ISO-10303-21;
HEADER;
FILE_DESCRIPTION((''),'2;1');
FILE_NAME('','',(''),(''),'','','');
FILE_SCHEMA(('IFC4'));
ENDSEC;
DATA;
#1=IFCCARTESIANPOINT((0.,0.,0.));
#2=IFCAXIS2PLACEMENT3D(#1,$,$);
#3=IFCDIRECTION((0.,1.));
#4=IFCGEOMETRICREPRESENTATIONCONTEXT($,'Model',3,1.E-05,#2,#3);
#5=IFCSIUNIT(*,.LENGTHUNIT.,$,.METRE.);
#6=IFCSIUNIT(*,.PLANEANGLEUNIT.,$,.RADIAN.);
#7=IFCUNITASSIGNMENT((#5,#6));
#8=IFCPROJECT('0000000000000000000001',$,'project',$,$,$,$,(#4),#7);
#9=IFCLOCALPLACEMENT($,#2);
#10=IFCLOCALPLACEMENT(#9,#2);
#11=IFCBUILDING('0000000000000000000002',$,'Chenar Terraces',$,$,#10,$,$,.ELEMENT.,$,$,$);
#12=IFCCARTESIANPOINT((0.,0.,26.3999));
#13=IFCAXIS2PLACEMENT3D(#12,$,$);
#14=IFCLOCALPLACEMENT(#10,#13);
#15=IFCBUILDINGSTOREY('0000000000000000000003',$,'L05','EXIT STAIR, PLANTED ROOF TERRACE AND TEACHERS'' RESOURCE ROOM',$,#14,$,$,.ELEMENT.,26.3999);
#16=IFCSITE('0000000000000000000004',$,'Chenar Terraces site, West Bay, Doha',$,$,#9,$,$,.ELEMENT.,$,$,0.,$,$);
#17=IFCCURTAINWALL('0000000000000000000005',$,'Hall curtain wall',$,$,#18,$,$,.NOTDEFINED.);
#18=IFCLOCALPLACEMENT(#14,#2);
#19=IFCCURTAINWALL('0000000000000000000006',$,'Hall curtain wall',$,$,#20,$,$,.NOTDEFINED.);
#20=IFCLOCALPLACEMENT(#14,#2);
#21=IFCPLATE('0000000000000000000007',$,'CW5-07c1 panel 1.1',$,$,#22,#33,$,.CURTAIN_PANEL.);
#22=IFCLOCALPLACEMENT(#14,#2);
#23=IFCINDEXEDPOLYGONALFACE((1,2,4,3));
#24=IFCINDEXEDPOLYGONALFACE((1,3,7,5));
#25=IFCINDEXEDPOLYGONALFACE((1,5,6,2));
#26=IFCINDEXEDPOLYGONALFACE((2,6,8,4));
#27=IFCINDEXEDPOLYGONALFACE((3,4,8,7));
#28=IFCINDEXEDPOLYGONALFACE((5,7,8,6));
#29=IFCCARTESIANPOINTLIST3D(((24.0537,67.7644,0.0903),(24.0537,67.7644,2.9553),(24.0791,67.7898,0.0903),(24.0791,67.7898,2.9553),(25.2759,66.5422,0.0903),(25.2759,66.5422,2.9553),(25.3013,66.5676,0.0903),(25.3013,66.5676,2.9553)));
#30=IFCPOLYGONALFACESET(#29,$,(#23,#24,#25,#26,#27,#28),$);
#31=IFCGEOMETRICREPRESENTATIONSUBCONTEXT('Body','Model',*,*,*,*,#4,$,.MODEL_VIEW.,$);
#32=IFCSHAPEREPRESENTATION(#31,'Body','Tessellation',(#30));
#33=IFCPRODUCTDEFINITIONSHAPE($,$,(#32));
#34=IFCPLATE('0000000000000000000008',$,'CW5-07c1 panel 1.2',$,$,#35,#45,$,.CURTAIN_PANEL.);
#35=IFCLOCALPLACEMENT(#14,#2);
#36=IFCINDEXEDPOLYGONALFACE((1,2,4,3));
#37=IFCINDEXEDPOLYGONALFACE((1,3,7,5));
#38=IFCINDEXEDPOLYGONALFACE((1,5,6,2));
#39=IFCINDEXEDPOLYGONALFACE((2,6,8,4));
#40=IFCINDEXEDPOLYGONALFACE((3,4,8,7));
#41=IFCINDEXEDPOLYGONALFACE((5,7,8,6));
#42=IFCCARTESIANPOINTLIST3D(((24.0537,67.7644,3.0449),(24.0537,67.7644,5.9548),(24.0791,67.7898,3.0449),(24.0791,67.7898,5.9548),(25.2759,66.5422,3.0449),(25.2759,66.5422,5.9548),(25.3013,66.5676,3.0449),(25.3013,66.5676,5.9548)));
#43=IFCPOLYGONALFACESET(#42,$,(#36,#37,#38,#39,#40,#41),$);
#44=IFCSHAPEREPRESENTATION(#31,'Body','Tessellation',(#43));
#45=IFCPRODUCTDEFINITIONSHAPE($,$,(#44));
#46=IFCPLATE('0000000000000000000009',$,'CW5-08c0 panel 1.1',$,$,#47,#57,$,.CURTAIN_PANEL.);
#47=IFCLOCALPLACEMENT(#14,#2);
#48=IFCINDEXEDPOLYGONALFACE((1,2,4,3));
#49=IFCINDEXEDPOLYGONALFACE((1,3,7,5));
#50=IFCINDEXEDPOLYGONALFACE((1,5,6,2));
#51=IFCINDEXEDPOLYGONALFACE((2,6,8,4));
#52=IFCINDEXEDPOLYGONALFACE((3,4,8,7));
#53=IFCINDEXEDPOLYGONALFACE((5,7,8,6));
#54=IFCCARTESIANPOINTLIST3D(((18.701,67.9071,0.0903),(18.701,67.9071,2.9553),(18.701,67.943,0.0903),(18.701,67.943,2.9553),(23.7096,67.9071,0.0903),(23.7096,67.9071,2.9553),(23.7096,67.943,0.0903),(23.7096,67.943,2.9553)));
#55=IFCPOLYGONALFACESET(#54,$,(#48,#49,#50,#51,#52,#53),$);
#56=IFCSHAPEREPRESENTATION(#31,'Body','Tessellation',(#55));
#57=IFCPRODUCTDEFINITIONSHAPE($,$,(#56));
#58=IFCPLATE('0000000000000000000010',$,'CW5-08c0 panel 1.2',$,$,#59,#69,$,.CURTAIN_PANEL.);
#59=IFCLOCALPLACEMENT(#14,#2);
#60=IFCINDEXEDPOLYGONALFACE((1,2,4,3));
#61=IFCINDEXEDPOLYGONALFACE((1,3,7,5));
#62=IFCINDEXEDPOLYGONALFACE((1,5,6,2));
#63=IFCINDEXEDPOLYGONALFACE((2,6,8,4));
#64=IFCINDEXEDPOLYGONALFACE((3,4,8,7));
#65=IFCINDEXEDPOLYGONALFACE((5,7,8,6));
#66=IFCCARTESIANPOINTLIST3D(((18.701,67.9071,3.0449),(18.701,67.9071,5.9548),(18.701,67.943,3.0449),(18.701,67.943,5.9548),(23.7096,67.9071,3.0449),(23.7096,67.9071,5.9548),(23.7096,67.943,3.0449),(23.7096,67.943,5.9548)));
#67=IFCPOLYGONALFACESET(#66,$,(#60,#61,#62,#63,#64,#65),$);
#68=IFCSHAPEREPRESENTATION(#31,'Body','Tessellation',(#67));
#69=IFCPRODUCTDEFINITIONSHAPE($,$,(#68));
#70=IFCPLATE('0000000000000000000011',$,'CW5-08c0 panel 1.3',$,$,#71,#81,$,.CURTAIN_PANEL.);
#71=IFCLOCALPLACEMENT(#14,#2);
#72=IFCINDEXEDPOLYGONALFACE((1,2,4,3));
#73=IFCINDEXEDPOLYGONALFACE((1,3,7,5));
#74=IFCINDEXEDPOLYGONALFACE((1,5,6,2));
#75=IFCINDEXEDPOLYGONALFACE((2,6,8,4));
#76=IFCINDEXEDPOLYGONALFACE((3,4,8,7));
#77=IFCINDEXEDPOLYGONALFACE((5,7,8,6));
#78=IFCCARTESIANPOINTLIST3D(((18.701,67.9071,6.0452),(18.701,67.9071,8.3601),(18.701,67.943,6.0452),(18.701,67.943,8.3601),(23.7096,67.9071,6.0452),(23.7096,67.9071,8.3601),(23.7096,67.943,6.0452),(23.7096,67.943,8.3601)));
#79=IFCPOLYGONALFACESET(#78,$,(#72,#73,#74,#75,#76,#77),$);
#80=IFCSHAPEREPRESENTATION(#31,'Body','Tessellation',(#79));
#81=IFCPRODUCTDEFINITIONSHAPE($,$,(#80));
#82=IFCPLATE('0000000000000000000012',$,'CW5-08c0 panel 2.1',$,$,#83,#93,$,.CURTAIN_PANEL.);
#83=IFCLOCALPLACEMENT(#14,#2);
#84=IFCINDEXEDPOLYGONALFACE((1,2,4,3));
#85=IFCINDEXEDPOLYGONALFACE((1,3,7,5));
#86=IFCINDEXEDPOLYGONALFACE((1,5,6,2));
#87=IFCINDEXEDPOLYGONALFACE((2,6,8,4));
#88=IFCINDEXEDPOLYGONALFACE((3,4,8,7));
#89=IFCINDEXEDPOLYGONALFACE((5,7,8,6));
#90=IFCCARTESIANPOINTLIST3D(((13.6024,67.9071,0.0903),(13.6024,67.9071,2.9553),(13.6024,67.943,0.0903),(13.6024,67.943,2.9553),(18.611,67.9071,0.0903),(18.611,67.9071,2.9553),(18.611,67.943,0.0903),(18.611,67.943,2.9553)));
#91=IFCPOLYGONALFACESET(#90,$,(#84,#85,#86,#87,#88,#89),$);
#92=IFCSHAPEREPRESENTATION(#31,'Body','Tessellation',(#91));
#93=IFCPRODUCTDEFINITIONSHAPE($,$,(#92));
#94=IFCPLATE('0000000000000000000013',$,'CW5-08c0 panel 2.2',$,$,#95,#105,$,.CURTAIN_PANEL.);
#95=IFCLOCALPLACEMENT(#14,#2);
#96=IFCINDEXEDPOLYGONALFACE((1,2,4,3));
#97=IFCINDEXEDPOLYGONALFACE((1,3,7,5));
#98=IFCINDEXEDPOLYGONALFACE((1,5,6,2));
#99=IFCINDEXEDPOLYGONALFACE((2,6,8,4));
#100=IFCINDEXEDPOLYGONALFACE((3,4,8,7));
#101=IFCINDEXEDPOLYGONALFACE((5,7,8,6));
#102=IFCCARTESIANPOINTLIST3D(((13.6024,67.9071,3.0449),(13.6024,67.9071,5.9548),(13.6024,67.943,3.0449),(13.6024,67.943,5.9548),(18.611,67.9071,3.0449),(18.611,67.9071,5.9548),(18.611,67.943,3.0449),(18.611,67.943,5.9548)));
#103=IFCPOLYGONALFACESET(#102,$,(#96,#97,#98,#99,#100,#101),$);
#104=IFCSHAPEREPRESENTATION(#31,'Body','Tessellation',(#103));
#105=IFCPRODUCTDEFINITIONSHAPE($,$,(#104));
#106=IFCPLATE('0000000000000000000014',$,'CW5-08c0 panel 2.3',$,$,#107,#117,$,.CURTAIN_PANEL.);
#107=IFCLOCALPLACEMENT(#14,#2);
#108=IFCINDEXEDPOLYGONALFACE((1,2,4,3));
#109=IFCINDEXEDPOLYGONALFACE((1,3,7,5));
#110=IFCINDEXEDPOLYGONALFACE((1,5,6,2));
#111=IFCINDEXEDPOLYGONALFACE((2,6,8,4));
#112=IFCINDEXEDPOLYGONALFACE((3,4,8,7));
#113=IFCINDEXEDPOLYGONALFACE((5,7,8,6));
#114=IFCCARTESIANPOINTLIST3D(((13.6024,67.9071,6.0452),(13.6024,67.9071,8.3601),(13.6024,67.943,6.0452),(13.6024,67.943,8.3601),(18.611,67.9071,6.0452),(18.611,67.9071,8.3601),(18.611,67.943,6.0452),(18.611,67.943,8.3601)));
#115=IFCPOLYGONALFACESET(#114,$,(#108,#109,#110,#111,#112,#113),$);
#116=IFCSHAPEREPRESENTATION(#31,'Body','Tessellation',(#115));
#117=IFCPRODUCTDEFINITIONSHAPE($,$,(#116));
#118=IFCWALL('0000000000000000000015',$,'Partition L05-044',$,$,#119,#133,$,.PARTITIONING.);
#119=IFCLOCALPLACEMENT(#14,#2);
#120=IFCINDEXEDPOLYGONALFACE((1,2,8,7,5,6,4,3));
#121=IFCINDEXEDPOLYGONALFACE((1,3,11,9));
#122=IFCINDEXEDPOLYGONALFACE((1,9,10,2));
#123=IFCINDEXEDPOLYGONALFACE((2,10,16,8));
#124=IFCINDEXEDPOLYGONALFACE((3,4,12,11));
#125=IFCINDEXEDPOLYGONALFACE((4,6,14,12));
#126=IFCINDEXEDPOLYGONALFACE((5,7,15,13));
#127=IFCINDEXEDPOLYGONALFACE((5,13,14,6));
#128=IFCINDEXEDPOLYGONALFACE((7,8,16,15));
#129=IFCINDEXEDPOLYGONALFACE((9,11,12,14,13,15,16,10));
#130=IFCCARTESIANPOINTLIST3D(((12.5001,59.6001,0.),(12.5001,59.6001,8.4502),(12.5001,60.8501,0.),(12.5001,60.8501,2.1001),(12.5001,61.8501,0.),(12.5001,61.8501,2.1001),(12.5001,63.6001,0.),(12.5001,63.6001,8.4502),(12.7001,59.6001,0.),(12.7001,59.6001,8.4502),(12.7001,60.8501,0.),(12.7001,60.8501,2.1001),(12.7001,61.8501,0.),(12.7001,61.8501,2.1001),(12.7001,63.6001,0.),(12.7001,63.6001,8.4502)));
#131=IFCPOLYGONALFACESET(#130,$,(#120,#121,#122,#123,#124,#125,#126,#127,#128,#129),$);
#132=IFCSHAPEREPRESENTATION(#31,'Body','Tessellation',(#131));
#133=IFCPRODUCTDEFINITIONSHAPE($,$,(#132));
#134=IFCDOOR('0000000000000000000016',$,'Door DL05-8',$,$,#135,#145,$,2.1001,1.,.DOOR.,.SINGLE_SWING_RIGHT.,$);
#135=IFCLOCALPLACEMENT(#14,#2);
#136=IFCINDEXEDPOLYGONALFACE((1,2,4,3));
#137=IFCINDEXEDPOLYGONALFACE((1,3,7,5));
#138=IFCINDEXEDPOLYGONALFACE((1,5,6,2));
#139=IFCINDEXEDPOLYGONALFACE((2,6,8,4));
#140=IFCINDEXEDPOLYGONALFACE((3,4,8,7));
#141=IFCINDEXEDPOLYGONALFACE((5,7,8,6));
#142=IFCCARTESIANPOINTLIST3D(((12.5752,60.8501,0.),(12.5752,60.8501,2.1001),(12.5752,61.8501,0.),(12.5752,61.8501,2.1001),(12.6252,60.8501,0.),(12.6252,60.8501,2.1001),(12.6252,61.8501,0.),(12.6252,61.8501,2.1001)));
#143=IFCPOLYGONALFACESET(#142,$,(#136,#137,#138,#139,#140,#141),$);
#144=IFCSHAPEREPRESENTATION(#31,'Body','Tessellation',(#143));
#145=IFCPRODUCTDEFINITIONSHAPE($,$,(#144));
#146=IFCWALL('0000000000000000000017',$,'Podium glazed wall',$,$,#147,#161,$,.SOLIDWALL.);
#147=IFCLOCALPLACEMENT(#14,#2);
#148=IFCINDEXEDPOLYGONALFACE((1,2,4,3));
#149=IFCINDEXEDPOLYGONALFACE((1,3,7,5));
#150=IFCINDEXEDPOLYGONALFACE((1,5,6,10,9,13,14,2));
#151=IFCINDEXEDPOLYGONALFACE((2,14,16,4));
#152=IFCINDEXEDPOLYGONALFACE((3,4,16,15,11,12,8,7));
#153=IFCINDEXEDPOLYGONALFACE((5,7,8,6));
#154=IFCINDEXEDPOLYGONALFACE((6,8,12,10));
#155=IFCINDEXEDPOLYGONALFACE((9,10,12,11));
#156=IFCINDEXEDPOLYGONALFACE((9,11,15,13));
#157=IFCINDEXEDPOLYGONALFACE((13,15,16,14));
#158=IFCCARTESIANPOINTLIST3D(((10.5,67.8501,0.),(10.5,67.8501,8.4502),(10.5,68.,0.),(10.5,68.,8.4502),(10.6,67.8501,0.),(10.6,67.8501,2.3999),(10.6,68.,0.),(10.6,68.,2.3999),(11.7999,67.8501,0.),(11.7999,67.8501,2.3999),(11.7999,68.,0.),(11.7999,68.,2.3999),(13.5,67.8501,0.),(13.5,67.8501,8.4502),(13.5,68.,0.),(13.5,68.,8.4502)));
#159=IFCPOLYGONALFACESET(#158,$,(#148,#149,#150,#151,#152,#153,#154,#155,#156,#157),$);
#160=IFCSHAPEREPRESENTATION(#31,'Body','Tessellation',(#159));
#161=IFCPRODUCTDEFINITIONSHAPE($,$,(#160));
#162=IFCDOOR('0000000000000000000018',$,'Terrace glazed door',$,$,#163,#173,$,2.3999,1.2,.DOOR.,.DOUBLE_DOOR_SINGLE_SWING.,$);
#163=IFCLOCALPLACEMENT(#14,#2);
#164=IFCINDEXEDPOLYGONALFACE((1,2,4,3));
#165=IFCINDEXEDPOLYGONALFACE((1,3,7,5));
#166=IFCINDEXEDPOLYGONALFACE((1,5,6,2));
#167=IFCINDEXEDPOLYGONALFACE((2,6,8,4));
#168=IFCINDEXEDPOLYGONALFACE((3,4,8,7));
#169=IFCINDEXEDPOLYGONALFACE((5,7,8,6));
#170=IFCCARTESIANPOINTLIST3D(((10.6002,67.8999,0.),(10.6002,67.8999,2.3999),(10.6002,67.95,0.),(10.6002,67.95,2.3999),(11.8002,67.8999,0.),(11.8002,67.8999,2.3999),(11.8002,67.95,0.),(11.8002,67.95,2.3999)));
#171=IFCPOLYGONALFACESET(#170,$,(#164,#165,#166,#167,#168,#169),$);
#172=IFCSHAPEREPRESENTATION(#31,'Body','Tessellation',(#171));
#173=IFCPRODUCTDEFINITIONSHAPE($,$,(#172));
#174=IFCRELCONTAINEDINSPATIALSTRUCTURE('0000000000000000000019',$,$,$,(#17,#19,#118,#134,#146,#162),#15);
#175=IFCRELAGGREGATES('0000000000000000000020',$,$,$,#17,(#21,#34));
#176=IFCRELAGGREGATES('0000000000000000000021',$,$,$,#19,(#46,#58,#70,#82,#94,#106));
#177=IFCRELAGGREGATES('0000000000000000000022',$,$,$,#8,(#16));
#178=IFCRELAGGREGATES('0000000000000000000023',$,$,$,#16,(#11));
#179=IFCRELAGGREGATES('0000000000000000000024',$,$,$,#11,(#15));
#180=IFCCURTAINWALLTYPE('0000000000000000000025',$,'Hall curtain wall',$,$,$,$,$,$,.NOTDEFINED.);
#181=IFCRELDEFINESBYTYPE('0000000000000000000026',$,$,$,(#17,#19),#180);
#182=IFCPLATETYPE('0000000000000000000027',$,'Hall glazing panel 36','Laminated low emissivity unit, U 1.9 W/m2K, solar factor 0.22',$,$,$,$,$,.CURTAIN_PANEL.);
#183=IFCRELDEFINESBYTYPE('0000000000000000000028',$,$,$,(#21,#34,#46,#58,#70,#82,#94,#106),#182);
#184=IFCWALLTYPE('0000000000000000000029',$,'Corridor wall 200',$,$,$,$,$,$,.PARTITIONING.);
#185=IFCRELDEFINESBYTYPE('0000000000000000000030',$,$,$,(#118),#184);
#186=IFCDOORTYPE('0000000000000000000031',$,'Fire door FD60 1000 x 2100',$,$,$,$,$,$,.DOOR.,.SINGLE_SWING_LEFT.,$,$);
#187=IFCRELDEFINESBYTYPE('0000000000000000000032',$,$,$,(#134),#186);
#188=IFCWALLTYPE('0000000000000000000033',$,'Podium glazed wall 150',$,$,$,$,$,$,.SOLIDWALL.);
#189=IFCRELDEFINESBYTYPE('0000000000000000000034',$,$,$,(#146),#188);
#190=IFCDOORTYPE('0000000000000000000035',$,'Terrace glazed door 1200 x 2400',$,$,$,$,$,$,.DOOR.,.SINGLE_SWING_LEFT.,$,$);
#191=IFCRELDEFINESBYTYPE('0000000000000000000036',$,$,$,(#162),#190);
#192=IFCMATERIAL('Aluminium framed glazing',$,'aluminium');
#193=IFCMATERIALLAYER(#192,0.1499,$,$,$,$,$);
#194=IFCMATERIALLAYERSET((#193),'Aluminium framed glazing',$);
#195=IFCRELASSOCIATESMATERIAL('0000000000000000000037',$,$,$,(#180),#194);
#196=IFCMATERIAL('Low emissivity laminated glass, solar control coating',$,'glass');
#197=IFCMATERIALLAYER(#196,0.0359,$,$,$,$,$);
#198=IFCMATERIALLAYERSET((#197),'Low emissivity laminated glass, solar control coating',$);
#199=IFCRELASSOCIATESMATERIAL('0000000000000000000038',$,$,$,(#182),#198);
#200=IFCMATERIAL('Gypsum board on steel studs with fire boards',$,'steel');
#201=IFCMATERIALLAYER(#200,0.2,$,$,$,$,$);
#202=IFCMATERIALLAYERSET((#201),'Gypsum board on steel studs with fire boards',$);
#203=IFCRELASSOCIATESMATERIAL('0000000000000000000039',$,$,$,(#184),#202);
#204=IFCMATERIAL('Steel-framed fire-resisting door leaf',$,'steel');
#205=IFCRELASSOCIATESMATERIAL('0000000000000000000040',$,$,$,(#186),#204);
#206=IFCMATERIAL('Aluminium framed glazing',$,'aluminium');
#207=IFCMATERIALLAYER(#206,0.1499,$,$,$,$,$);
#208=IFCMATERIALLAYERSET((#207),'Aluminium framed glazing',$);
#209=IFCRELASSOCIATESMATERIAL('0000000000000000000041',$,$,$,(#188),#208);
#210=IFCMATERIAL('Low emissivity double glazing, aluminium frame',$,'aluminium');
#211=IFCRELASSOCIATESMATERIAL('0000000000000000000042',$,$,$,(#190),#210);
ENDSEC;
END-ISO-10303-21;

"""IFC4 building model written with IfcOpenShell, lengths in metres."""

from ifc_helpers import new_model, si_unit, direction, frame, frame_2d, origin, origin_2d, place, context, subcontext, project, spatial, rectangle, extrude, material, layer, layer_set, type_object, element, fill, aggregate, save


model = new_model("IFC4")

# Units and contexts
model_context = context("Model", 3, precision=1e-05, world=origin(), true_north=direction((0.0, 1.0)))
body_context = subcontext(model_context, "Body", "Model", "MODEL_VIEW")
ifc_project = project(units=[si_unit("LENGTHUNIT", "METRE"), si_unit("PLANEANGLEUNIT", "RADIAN")], contexts=[model_context])

# Site, building, storey
site_placement = place(None, origin())
site = spatial("IfcSite", under=ifc_project, at=site_placement, Name="Chenar Terraces site, West Bay, Doha", CompositionType="ELEMENT", RefElevation=0.0)
building_placement = place(site_placement, origin())
building = spatial("IfcBuilding", under=site, at=building_placement, Name="Chenar Terraces", CompositionType="ELEMENT")
storey_placement = place(building_placement, frame((0.0, 0.0, 26.3999)))
storey = spatial("IfcBuildingStorey", under=building, at=storey_placement, Name="L05", Description="EXIT STAIR, PLANTED ROOF TERRACE AND TEACHERS' RESOURCE ROOM", CompositionType="ELEMENT", Elevation=26.3999)

# Curtain wall
ifc_material_1 = material(Name="Aluminium framed glazing", Category="aluminium")
ifc_layer_1 = layer(ifc_material_1, 0.1499)
ifc_layer_set_1 = layer_set([ifc_layer_1], Name="Aluminium framed glazing")
curtain_wall_type = type_object("IfcCurtainWallType", Name="Hall curtain wall", PredefinedType="NOTDEFINED", material=ifc_layer_set_1)
placement = place(storey_placement, origin())
curtain_wall_1 = element("IfcCurtainWall", 1, at=placement, inside=storey, type_object=curtain_wall_type, Name="Hall curtain wall", PredefinedType="NOTDEFINED")

# Curtain wall
curtain_wall_2 = element("IfcCurtainWall", 2, at=placement, inside=storey, type_object=curtain_wall_type, Name="Hall curtain wall", PredefinedType="NOTDEFINED")

# Plates
ifc_material_2 = material(Name="Low emissivity laminated glass, solar control coating", Category="glass")
ifc_layer_2 = layer(ifc_material_2, 0.0359)
ifc_layer_set_2 = layer_set([ifc_layer_2], Name="Low emissivity laminated glass, solar control coating")
plate_type = type_object("IfcPlateType", Name="Hall glazing panel 36", Description="Laminated low emissivity unit, U 1.9 W/m2K, solar factor 0.22", PredefinedType="CURTAIN_PANEL", material=ifc_layer_set_2)
plate_1_placement = place(storey_placement, frame((24.6775, 67.166, 0.0903), z_axis=(0.0, 0.0, 1.0), x_axis=(-0.707107, 0.707107, 0.0)))
plate_1 = element("IfcPlate", 3, at=plate_1_placement, type_object=plate_type, Name="CW5-07c1 panel 1.1", PredefinedType="CURTAIN_PANEL", context=body_context, shape_type="SweptSolid", body=[
    extrude(rectangle(XDim=1.7285, YDim=0.0359, at=origin_2d()), origin(), (0.0, 0.0, 1.0), 2.865),
])
plate_2_placement = place(storey_placement, frame((24.6775, 67.166, 3.0449), z_axis=(0.0, 0.0, 1.0), x_axis=(-0.707107, 0.707107, 0.0)))
plate_2 = element("IfcPlate", 4, at=plate_2_placement, type_object=plate_type, Name="CW5-07c1 panel 1.2", PredefinedType="CURTAIN_PANEL", context=body_context, shape_type="SweptSolid", body=[
    extrude(rectangle(XDim=1.7285, YDim=0.0359, at=origin_2d()), origin(), (0.0, 0.0, 1.0), 2.9099),
])
aggregate(curtain_wall_1, [plate_1, plate_2])
plate_3_placement = place(storey_placement, frame((21.2053, 67.925, 0.0903), z_axis=(0.0, 0.0, 1.0), x_axis=(-1.0, 0.0, 0.0)))
plate_3 = element("IfcPlate", 5, at=plate_3_placement, type_object=plate_type, Name="CW5-08c0 panel 1.1", PredefinedType="CURTAIN_PANEL", context=body_context, shape_type="SweptSolid", body=[
    extrude(rectangle(XDim=5.0085, YDim=0.0359, at=origin_2d()), origin(), (0.0, 0.0, 1.0), 2.865),
])
plate_4_placement = place(storey_placement, frame((21.2053, 67.925, 3.0449), z_axis=(0.0, 0.0, 1.0), x_axis=(-1.0, 0.0, 0.0)))
plate_4 = element("IfcPlate", 6, at=plate_4_placement, type_object=plate_type, Name="CW5-08c0 panel 1.2", PredefinedType="CURTAIN_PANEL", context=body_context, shape_type="SweptSolid", body=[
    extrude(rectangle(XDim=5.0085, YDim=0.0359, at=origin_2d()), origin(), (0.0, 0.0, 1.0), 2.9099),
])
plate_5_placement = place(storey_placement, frame((21.2053, 67.925, 6.0452), z_axis=(0.0, 0.0, 1.0), x_axis=(-1.0, 0.0, 0.0)))
plate_5 = element("IfcPlate", 7, at=plate_5_placement, type_object=plate_type, Name="CW5-08c0 panel 1.3", PredefinedType="CURTAIN_PANEL", context=body_context, shape_type="SweptSolid", body=[
    extrude(rectangle(XDim=5.0085, YDim=0.0359, at=origin_2d()), origin(), (0.0, 0.0, 1.0), 2.3149),
])
plate_6_placement = place(storey_placement, frame((16.1067, 67.925, 0.0903), z_axis=(0.0, 0.0, 1.0), x_axis=(-1.0, 0.0, 0.0)))
plate_6 = element("IfcPlate", 8, at=plate_6_placement, type_object=plate_type, Name="CW5-08c0 panel 2.1", PredefinedType="CURTAIN_PANEL", context=body_context, shape_type="SweptSolid", body=[
    extrude(rectangle(XDim=5.0085, YDim=0.0359, at=origin_2d()), origin(), (0.0, 0.0, 1.0), 2.865),
])
plate_7_placement = place(storey_placement, frame((16.1067, 67.925, 3.0449), z_axis=(0.0, 0.0, 1.0), x_axis=(-1.0, 0.0, 0.0)))
plate_7 = element("IfcPlate", 9, at=plate_7_placement, type_object=plate_type, Name="CW5-08c0 panel 2.2", PredefinedType="CURTAIN_PANEL", context=body_context, shape_type="SweptSolid", body=[
    extrude(rectangle(XDim=5.0085, YDim=0.0359, at=origin_2d()), origin(), (0.0, 0.0, 1.0), 2.9099),
])
plate_8_placement = place(storey_placement, frame((16.1067, 67.925, 6.0452), z_axis=(0.0, 0.0, 1.0), x_axis=(-1.0, 0.0, 0.0)))
plate_8 = element("IfcPlate", 10, at=plate_8_placement, type_object=plate_type, Name="CW5-08c0 panel 2.3", PredefinedType="CURTAIN_PANEL", context=body_context, shape_type="SweptSolid", body=[
    extrude(rectangle(XDim=5.0085, YDim=0.0359, at=origin_2d()), origin(), (0.0, 0.0, 1.0), 2.3149),
])
aggregate(curtain_wall_2, [plate_3, plate_4, plate_5, plate_6, plate_7, plate_8])

# Walls, openings, doors
ifc_material_3 = material(Name="Gypsum board on steel studs with fire boards", Category="steel")
ifc_layer_3 = layer(ifc_material_3, 0.2)
ifc_layer_set_3 = layer_set([ifc_layer_3], Name="Gypsum board on steel studs with fire boards")
wall_type_1 = type_object("IfcWallType", Name="Corridor wall 200", PredefinedType="PARTITIONING", material=ifc_layer_set_3)
wall_1_placement = place(storey_placement, frame((12.6001, 59.6001, 0.0), z_axis=(0.0, 0.0, 1.0), x_axis=(0.0, 1.0, 0.0)))
wall_1 = element("IfcWall", 11, at=wall_1_placement, inside=storey, type_object=wall_type_1, Name="Partition L05-044", PredefinedType="PARTITIONING", context=body_context, shape_type="SweptSolid", body=[
    extrude(rectangle(XDim=4.0, YDim=0.2, at=frame_2d((2.0, 0.0))), origin(), (0.0, 0.0, 1.0), 8.4502),
])
opening_1_placement = place(wall_1_placement, frame((1.25, 0.0, 0.0)))
opening_1 = element("IfcOpeningElement", 12, at=opening_1_placement, cuts=wall_1, PredefinedType="OPENING", context=body_context, shape_type="SweptSolid", body=[
    extrude(rectangle(XDim=1.0, YDim=2.1001, at=frame_2d((0.5, 1.05))), frame((0.0, 0.1099, 0.0), z_axis=(0.0, -1.0, 0.0), x_axis=(1.0, 0.0, 0.0)), (0.0, 0.0, 1.0), 0.22),
])
ifc_material_4 = material(Name="Steel-framed fire-resisting door leaf", Category="steel")
door_type_1 = type_object("IfcDoorType", Name="Fire door FD60 1000 x 2100", OperationType="SINGLE_SWING_LEFT", PredefinedType="DOOR", material=ifc_material_4)
door_1_placement = place(opening_1_placement, origin())
door_1 = element("IfcDoor", 13, at=door_1_placement, inside=storey, type_object=door_type_1, Name="Door DL05-8", OperationType="SINGLE_SWING_RIGHT", OverallHeight=2.1001, OverallWidth=1.0, PredefinedType="DOOR", context=body_context, shape_type="SweptSolid", body=[
    extrude(rectangle(XDim=1.0, YDim=2.1001, at=frame_2d((0.5, 1.05))), frame((0.0, 0.0249, 0.0), z_axis=(0.0, -1.0, 0.0), x_axis=(1.0, 0.0, 0.0)), (0.0, 0.0, 1.0), 0.05),
])
fill(opening_1, door_1)
ifc_material_5 = material(Name="Aluminium framed glazing", Category="aluminium")
ifc_layer_4 = layer(ifc_material_5, 0.1499)
ifc_layer_set_4 = layer_set([ifc_layer_4], Name="Aluminium framed glazing")
wall_type_2 = type_object("IfcWallType", Name="Podium glazed wall 150", PredefinedType="SOLIDWALL", material=ifc_layer_set_4)
wall_2_placement = place(storey_placement, frame((13.5, 67.925, 0.0), z_axis=(0.0, 0.0, 1.0), x_axis=(-1.0, 0.0, 0.0)))
wall_2 = element("IfcWall", 14, at=wall_2_placement, inside=storey, type_object=wall_type_2, Name="Podium glazed wall", PredefinedType="SOLIDWALL", context=body_context, shape_type="SweptSolid", body=[
    extrude(rectangle(XDim=3.0, YDim=0.1499, at=frame_2d((1.5, 0.0))), origin(), (0.0, 0.0, 1.0), 8.4502),
])
opening_2_placement = place(wall_2_placement, frame((1.7, 0.0, 0.0)))
opening_2 = element("IfcOpeningElement", 15, at=opening_2_placement, cuts=wall_2, PredefinedType="OPENING", context=body_context, shape_type="SweptSolid", body=[
    extrude(rectangle(XDim=1.2, YDim=2.3999, at=frame_2d((0.6001, 1.2))), frame((0.0, 0.085, 0.0), z_axis=(0.0, -1.0, 0.0), x_axis=(1.0, 0.0, 0.0)), (0.0, 0.0, 1.0), 0.1699),
])
ifc_material_6 = material(Name="Low emissivity double glazing, aluminium frame", Category="aluminium")
door_type_2 = type_object("IfcDoorType", Name="Terrace glazed door 1200 x 2400", OperationType="SINGLE_SWING_LEFT", PredefinedType="DOOR", material=ifc_material_6)
door_2_placement = place(opening_2_placement, frame((1.2, 0.0, 0.0), z_axis=(0.0, 0.0, 1.0), x_axis=(-1.0, 0.0, 0.0)))
door_2 = element("IfcDoor", 16, at=door_2_placement, inside=storey, type_object=door_type_2, Name="Terrace glazed door", OperationType="DOUBLE_DOOR_SINGLE_SWING", OverallHeight=2.3999, OverallWidth=1.2, PredefinedType="DOOR", context=body_context, shape_type="SweptSolid", body=[
    extrude(rectangle(XDim=1.2, YDim=2.3999, at=frame_2d((0.6001, 1.2))), frame((0.0, 0.0249, 0.0), z_axis=(0.0, -1.0, 0.0), x_axis=(1.0, 0.0, 0.0)), (0.0, 0.0, 1.0), 0.05),
])
fill(opening_2, door_2)

save(model, "model.ifc")
